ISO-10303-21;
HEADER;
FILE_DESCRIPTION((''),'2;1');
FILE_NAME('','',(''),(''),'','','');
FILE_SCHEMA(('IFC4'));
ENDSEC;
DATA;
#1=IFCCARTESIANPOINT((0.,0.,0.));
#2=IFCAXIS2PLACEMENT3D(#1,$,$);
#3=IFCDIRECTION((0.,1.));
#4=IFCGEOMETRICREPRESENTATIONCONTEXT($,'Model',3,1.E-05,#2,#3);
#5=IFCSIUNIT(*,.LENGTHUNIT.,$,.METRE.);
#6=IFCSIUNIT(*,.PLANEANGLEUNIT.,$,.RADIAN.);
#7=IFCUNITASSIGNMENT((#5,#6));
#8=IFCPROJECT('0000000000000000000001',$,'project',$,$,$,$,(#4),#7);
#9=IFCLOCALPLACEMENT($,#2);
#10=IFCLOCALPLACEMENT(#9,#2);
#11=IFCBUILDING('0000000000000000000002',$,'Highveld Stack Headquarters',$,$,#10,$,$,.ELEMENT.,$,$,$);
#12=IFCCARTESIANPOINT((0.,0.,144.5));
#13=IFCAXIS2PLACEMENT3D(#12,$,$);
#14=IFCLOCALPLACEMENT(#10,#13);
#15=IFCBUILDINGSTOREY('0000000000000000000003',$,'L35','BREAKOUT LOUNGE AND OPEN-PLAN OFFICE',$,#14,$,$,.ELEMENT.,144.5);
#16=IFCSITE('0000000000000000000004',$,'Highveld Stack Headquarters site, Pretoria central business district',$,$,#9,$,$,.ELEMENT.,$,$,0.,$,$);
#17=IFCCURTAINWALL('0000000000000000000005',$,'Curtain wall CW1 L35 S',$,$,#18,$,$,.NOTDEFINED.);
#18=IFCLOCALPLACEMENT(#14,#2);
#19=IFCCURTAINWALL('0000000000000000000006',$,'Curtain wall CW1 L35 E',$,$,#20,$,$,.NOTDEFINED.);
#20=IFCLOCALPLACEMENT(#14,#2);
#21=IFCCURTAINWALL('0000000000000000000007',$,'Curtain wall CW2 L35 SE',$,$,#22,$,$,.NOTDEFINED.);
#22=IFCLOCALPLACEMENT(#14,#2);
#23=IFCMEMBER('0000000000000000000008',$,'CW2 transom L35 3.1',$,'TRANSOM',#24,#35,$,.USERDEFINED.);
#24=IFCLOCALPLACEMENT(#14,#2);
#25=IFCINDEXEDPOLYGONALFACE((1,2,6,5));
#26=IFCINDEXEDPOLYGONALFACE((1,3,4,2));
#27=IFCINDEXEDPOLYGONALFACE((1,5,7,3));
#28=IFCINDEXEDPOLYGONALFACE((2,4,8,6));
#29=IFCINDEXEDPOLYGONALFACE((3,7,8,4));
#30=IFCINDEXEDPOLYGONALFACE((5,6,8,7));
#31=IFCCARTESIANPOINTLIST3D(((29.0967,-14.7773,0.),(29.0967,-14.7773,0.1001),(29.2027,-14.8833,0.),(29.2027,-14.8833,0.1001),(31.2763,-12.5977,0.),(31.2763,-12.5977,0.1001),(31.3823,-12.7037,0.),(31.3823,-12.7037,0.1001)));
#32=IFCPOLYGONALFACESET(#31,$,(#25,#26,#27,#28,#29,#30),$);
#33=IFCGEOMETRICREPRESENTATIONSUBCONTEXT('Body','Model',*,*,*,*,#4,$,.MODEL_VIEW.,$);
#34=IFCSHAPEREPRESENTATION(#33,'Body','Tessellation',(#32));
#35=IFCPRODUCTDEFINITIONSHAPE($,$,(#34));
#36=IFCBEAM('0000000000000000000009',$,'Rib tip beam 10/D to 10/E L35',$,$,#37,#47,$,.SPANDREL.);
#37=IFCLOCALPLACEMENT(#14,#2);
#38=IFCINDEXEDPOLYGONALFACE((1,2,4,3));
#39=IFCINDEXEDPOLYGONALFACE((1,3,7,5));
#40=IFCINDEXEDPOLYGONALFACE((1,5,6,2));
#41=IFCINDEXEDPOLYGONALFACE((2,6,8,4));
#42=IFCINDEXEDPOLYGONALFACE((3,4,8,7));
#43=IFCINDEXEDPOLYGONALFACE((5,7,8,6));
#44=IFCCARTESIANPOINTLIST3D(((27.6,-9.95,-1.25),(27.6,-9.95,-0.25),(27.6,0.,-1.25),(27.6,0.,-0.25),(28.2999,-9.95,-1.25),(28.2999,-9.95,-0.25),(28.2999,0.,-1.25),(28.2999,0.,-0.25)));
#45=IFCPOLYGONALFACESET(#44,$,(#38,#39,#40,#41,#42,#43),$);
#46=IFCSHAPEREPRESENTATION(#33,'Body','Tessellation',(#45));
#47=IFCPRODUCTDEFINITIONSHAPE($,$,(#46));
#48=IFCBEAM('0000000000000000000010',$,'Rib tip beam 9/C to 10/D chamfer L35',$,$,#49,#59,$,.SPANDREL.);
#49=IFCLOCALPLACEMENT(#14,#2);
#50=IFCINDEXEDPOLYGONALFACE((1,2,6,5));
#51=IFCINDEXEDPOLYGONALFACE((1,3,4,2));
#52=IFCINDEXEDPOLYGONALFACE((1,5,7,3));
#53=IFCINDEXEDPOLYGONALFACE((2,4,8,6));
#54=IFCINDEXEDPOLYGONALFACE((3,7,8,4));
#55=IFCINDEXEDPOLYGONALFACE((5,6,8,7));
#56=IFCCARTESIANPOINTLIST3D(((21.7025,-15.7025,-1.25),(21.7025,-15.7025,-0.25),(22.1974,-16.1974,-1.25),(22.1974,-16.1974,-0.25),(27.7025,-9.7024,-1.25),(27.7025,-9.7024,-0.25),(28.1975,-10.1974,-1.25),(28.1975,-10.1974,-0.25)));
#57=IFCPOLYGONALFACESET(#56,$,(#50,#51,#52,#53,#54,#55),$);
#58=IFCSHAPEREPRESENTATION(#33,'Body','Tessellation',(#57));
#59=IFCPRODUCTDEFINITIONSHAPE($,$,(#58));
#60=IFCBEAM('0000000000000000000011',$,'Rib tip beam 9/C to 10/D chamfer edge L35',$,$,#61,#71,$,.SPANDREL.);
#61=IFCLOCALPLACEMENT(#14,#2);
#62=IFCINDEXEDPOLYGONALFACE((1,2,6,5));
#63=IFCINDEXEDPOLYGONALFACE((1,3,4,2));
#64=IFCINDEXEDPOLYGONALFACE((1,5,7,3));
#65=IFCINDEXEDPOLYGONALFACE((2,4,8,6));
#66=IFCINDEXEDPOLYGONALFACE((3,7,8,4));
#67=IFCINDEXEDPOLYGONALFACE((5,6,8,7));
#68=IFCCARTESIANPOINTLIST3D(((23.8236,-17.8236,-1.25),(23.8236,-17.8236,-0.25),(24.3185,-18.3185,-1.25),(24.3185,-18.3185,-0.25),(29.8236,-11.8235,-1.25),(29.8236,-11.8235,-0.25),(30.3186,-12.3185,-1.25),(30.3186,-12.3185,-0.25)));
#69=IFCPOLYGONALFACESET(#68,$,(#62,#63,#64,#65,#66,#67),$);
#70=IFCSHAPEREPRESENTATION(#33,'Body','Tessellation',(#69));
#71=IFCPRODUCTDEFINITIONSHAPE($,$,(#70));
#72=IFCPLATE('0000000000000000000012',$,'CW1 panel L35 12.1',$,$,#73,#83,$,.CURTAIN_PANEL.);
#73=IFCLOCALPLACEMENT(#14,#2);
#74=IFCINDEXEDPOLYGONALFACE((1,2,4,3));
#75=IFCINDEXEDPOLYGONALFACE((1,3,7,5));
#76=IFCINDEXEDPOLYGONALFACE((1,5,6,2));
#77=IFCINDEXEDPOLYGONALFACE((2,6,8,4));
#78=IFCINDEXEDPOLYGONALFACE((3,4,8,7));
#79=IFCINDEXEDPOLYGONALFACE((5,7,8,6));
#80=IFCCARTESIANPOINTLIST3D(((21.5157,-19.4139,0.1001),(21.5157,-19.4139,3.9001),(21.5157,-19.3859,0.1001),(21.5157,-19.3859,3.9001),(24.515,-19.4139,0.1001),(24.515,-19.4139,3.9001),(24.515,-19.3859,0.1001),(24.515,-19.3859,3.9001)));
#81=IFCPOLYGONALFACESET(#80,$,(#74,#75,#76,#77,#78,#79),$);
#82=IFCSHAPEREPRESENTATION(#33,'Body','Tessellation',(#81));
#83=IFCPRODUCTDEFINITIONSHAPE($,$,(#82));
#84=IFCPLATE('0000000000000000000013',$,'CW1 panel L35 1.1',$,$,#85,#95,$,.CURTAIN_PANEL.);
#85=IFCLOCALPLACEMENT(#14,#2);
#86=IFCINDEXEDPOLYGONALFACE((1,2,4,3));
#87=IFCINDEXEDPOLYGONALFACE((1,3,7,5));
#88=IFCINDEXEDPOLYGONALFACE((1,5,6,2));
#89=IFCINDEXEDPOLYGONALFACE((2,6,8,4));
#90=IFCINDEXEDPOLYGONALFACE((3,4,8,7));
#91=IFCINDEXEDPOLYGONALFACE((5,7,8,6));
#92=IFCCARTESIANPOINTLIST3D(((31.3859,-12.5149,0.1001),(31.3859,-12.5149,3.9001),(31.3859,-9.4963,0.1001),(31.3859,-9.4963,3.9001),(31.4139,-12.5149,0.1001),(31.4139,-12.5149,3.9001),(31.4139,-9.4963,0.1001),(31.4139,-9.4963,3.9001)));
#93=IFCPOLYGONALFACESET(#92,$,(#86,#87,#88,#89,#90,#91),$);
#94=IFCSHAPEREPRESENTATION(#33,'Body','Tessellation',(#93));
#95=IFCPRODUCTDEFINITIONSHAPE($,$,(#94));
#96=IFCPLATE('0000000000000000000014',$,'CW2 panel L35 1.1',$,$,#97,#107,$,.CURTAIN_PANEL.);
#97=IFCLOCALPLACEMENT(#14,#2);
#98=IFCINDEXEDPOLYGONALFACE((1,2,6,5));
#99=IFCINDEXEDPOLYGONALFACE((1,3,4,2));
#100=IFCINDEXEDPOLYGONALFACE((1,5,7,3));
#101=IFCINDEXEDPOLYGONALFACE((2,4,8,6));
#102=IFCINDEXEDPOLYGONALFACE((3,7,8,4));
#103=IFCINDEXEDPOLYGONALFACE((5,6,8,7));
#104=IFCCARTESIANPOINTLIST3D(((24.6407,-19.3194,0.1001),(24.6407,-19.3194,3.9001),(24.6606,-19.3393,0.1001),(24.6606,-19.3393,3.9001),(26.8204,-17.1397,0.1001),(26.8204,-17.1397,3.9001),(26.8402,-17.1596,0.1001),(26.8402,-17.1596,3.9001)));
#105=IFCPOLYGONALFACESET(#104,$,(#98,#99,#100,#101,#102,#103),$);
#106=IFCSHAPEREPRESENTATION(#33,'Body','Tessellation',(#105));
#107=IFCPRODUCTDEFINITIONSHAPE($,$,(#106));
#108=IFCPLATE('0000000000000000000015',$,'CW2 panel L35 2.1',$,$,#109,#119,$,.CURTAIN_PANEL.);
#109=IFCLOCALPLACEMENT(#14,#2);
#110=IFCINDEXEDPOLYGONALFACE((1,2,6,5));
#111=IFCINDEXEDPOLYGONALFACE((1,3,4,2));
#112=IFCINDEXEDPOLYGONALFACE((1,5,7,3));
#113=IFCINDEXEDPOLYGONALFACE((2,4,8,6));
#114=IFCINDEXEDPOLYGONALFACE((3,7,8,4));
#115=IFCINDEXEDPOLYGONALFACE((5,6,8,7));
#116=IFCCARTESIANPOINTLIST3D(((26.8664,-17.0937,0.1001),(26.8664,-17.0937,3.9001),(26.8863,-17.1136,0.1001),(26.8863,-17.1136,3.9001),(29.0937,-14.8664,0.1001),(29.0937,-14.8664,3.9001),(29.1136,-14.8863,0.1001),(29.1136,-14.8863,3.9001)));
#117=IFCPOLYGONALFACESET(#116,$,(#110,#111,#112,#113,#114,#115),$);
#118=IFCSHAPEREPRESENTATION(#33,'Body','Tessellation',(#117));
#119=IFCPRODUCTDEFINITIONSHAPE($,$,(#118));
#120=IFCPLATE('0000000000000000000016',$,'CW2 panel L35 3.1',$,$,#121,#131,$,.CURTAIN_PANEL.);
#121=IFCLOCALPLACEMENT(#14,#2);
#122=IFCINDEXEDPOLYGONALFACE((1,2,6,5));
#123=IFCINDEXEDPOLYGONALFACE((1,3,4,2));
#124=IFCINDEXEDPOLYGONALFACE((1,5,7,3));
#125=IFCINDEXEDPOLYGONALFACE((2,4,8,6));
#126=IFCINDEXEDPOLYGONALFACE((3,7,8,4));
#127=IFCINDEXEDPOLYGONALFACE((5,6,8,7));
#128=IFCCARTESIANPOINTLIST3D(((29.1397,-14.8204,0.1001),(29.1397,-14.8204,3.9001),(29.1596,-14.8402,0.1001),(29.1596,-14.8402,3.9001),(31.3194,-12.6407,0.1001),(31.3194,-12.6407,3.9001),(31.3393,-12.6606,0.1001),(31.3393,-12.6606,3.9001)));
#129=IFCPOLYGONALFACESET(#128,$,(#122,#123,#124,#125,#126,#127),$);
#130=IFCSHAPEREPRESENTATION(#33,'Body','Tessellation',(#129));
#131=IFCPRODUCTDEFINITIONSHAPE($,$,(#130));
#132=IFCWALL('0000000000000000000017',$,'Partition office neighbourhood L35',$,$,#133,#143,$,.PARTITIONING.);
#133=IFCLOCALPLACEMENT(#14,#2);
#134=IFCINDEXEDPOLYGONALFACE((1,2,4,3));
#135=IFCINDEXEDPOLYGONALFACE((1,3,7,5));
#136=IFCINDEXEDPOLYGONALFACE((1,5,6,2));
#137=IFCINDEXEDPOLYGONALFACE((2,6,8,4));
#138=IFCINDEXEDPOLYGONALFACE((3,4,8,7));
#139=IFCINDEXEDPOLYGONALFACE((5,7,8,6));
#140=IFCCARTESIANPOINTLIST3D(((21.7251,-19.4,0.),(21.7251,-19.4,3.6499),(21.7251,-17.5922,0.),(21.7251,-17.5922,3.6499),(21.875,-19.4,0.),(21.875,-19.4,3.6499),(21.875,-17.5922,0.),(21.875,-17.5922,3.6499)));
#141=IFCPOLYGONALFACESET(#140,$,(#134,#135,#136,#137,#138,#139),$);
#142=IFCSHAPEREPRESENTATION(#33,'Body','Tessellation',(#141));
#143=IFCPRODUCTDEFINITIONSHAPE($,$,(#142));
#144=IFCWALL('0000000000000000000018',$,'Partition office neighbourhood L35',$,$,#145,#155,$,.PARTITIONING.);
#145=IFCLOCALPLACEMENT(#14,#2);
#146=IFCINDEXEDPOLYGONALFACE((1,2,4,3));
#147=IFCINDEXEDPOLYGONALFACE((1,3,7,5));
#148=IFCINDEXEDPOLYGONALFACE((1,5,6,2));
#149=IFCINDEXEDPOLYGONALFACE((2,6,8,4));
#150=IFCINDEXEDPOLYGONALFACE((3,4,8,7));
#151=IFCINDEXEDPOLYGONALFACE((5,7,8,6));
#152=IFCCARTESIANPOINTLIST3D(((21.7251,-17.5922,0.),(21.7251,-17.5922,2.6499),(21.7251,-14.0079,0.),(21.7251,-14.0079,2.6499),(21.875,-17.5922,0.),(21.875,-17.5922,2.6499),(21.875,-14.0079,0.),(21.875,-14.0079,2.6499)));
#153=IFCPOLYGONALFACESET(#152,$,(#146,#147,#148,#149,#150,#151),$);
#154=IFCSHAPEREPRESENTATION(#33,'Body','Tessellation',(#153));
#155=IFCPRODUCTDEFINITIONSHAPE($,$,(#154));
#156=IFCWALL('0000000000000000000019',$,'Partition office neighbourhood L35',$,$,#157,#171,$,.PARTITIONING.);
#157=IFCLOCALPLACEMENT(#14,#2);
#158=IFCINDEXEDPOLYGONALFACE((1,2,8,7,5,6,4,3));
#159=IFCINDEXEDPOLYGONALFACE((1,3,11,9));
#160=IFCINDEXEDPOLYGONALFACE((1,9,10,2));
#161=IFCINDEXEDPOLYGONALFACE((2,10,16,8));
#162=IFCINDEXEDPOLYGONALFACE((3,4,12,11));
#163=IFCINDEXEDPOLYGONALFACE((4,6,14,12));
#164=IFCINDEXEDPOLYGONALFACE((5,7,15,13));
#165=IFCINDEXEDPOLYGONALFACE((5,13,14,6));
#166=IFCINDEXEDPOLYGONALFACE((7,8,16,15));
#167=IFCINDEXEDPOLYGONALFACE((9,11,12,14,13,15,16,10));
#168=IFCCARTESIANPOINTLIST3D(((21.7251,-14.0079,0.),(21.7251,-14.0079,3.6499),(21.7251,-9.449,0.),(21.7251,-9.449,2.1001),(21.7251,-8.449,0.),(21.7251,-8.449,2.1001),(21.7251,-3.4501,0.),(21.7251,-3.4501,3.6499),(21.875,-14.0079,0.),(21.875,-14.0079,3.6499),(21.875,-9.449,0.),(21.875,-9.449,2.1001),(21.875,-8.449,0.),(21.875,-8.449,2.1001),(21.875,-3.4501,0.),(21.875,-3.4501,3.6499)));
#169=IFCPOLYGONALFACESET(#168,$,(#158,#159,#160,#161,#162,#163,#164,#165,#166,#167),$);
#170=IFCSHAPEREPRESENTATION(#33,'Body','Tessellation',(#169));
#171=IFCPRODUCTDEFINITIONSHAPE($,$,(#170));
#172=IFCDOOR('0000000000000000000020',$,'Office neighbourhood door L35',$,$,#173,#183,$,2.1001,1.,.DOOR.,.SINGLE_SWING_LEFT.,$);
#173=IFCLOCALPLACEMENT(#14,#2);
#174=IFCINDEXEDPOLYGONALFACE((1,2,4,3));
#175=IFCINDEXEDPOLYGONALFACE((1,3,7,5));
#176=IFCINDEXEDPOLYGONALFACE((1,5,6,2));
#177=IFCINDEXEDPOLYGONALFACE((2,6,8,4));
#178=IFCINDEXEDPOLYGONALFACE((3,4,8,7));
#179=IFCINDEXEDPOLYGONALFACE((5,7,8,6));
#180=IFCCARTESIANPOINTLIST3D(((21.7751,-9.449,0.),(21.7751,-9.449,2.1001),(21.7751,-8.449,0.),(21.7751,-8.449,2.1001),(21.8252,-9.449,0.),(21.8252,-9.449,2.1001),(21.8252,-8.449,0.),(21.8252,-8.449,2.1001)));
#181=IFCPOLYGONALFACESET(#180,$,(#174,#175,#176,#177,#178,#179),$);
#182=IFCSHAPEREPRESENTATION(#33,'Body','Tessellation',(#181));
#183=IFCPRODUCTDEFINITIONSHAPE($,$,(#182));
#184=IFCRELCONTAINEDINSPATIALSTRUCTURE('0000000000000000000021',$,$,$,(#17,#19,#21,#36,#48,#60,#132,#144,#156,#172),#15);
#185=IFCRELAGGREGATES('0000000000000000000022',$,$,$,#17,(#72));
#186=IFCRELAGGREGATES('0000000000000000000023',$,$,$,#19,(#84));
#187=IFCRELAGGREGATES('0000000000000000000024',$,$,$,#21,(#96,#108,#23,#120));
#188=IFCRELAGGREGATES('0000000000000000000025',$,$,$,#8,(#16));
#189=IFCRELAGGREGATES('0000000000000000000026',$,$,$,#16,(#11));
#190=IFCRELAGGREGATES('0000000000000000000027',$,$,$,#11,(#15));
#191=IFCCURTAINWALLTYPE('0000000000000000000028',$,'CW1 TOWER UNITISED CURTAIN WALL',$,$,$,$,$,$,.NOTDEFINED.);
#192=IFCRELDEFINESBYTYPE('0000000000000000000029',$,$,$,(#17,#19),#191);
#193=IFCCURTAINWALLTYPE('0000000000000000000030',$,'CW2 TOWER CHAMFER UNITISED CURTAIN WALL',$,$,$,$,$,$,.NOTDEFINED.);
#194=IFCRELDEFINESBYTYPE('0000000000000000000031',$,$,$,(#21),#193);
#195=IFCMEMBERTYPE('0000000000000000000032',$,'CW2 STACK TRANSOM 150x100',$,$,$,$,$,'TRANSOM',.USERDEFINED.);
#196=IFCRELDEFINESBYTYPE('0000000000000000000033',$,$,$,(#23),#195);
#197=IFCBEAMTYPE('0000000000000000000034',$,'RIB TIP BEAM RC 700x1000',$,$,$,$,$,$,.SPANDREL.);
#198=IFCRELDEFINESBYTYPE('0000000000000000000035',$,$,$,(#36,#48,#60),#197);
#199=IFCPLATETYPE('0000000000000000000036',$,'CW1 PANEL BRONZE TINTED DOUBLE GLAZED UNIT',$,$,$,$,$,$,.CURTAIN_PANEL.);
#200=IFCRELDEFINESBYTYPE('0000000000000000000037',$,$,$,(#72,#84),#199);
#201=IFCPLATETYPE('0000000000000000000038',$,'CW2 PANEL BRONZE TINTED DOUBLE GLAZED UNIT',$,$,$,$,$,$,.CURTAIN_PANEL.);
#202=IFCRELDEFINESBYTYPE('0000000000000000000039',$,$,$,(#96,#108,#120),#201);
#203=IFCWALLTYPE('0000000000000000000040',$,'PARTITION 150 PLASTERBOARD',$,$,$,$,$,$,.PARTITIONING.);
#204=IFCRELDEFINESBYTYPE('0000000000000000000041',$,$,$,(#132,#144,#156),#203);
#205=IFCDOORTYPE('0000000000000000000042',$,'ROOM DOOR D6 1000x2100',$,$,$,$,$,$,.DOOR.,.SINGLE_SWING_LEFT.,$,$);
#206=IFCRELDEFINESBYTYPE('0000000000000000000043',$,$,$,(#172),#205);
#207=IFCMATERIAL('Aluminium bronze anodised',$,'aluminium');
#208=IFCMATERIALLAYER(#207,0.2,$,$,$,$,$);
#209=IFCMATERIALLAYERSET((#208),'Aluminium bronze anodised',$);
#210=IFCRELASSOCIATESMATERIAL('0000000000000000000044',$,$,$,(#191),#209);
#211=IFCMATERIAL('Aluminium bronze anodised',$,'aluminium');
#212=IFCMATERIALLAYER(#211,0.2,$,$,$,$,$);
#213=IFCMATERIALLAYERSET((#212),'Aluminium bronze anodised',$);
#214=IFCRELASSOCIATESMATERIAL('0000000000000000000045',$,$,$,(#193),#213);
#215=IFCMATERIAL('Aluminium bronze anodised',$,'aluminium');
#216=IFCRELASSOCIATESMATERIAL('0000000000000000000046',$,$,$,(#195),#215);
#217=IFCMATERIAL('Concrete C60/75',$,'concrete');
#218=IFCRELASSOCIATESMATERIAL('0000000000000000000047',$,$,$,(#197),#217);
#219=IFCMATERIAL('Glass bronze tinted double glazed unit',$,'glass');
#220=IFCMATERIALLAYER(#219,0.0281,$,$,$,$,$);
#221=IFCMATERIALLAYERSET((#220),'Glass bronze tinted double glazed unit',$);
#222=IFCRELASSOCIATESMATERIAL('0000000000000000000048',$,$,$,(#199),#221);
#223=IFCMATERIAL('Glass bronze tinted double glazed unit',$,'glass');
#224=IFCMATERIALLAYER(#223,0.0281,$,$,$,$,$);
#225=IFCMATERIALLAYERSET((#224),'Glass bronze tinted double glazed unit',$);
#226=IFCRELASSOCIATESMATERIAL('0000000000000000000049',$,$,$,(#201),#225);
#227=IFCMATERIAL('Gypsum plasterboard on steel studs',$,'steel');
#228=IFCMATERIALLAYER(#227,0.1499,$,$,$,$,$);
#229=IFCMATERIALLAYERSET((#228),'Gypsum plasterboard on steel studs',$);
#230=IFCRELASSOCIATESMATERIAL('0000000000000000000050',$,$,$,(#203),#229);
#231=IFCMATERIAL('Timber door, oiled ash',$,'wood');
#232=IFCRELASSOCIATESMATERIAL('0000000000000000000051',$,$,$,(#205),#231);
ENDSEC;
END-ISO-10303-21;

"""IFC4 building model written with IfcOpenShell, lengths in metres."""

from ifc_helpers import new_model, si_unit, direction, frame, frame_2d, origin, origin_2d, place, context, subcontext, project, spatial, rectangle, extrude, material, layer, layer_set, material_profile, profile_set, type_object, element, fill, aggregate, save


model = new_model("IFC4")

# Units and contexts
model_context = context("Model", 3, precision=1e-05, world=origin(), true_north=direction((0.0, 1.0)))
body_context = subcontext(model_context, "Body", "Model", "MODEL_VIEW")
ifc_project = project(units=[si_unit("LENGTHUNIT", "METRE"), si_unit("PLANEANGLEUNIT", "RADIAN")], contexts=[model_context])

# Site, building, storey
site_placement = place(None, origin())
site = spatial("IfcSite", under=ifc_project, at=site_placement, Name="Highveld Stack Headquarters site, Pretoria central business district", CompositionType="ELEMENT", RefElevation=0.0)
building_placement = place(site_placement, origin())
building = spatial("IfcBuilding", under=site, at=building_placement, Name="Highveld Stack Headquarters", CompositionType="ELEMENT")
storey_placement = place(building_placement, frame((0.0, 0.0, 144.5)))
storey = spatial("IfcBuildingStorey", under=building, at=storey_placement, Name="L35", Description="BREAKOUT LOUNGE AND OPEN-PLAN OFFICE", CompositionType="ELEMENT", Elevation=144.5)

# Curtain wall
ifc_material_1 = material(Name="Aluminium bronze anodised", Category="aluminium")
ifc_layer_1 = layer(ifc_material_1, 0.2)
ifc_layer_set_1 = layer_set([ifc_layer_1], Name="Aluminium bronze anodised")
curtain_wall_type_1 = type_object("IfcCurtainWallType", Name="CW1 TOWER UNITISED CURTAIN WALL", PredefinedType="NOTDEFINED", material=ifc_layer_set_1)
curtain_wall_1_placement = place(storey_placement, origin())
curtain_wall_1 = element("IfcCurtainWall", 1, at=curtain_wall_1_placement, inside=storey, type_object=curtain_wall_type_1, Name="Curtain wall CW1 L35 S", PredefinedType="NOTDEFINED")

# Curtain wall
curtain_wall_2_placement = place(storey_placement, origin())
curtain_wall_2 = element("IfcCurtainWall", 2, at=curtain_wall_2_placement, inside=storey, type_object=curtain_wall_type_1, Name="Curtain wall CW1 L35 E", PredefinedType="NOTDEFINED")

# Curtain wall, member
ifc_material_2 = material(Name="Aluminium bronze anodised", Category="aluminium")
ifc_layer_2 = layer(ifc_material_2, 0.2)
ifc_layer_set_2 = layer_set([ifc_layer_2], Name="Aluminium bronze anodised")
curtain_wall_type_2 = type_object("IfcCurtainWallType", Name="CW2 TOWER CHAMFER UNITISED CURTAIN WALL", PredefinedType="NOTDEFINED", material=ifc_layer_set_2)
curtain_wall_3_placement = place(storey_placement, origin())
curtain_wall_3 = element("IfcCurtainWall", 3, at=curtain_wall_3_placement, inside=storey, type_object=curtain_wall_type_2, Name="Curtain wall CW2 L35 SE", PredefinedType="NOTDEFINED")
ifc_material_3 = material(Name="Aluminium bronze anodised", Category="aluminium")
ifc_material_profile_1 = material_profile(ifc_material_3, rectangle(XDim=0.1499, YDim=0.1001, at=origin_2d()), Name="CW2 TRANSOM 150x100")
ifc_profile_set_1 = profile_set([ifc_material_profile_1], Name="Aluminium bronze anodised")
member_type_1 = type_object("IfcMemberType", Name="CW2 STACK TRANSOM 150x100", ElementType="TRANSOM", PredefinedType="USERDEFINED", material=ifc_profile_set_1)
member_1_placement = place(storey_placement, frame((29.1497, -14.8303, 0.05), z_axis=(0.707107, 0.707107, 0.0), x_axis=(-0.707107, 0.707107, 0.0)))
member_1 = element("IfcMember", 4, at=member_1_placement, type_object=member_type_1, Name="CW2 transom L35 3.1", ObjectType="TRANSOM", PredefinedType="USERDEFINED", context=body_context, shape_type="SweptSolid", body=[
    extrude(rectangle(XDim=0.1499, YDim=0.1001, at=origin_2d()), origin(), (0.0, 0.0, 1.0), 3.0825),
])

# Beams
ifc_material_4 = material(Name="Concrete C60/75", Category="concrete")
ifc_material_profile_2 = material_profile(ifc_material_4, rectangle(XDim=0.7, YDim=1.0, at=origin_2d()), Name="RC 700x1000")
ifc_profile_set_2 = profile_set([ifc_material_profile_2], Name="Concrete C60/75")
beam_type = type_object("IfcBeamType", Name="RIB TIP BEAM RC 700x1000", PredefinedType="SPANDREL", material=ifc_profile_set_2)
beam_placement = place(storey_placement, frame((27.95, -9.95, -0.75), z_axis=(0.0, 1.0, 0.0), x_axis=(-1.0, 0.0, 0.0)))
element("IfcBeam", 5, at=beam_placement, inside=storey, type_object=beam_type, Name="Rib tip beam 10/D to 10/E L35", PredefinedType="SPANDREL", context=body_context, shape_type="SweptSolid", body=[
    extrude(rectangle(XDim=0.7, YDim=1.0, at=origin_2d()), origin(), (0.0, 0.0, 1.0), 9.95),
])
for number, where, z_axis, x_axis, name in (
    (6, (21.95, -15.95, -0.75), (0.707107, 0.707107, 0.0), (-0.707107, 0.707107, 0.0), "Rib tip beam 9/C to 10/D chamfer L35"),
    (7, (24.071, -18.071, -0.75), (0.707107, 0.707107, 0.0), (-0.707107, 0.707107, 0.0), "Rib tip beam 9/C to 10/D chamfer edge L35"),
):
    element("IfcBeam", number, at=place(storey_placement, frame(where, z_axis=z_axis, x_axis=x_axis)), inside=storey, type_object=beam_type, Name=name, PredefinedType="SPANDREL", context=body_context, shape_type="SweptSolid", body=[
        extrude(rectangle(XDim=0.7, YDim=1.0, at=origin_2d()), origin(), (0.0, 0.0, 1.0), 8.4854),
    ])

# Plates
ifc_material_5 = material(Name="Glass bronze tinted double glazed unit", Category="glass")
ifc_layer_3 = layer(ifc_material_5, 0.0281)
ifc_layer_set_3 = layer_set([ifc_layer_3], Name="Glass bronze tinted double glazed unit")
plate_type_1 = type_object("IfcPlateType", Name="CW1 PANEL BRONZE TINTED DOUBLE GLAZED UNIT", PredefinedType="CURTAIN_PANEL", material=ifc_layer_set_3)
plate_1_placement = place(storey_placement, frame((23.0154, -19.3999, 0.1001), z_axis=(0.0, 0.0, 1.0), x_axis=(1.0, 0.0, 0.0)))
plate_1 = element("IfcPlate", 8, at=plate_1_placement, type_object=plate_type_1, Name="CW1 panel L35 12.1", PredefinedType="CURTAIN_PANEL", context=body_context, shape_type="SweptSolid", body=[
    extrude(rectangle(XDim=2.9993, YDim=0.0281, at=origin_2d()), origin(), (0.0, 0.0, 1.0), 3.8),
])
aggregate(curtain_wall_1, [plate_1])
plate_2_placement = place(storey_placement, frame((31.3999, -11.0056, 0.1001), z_axis=(0.0, 0.0, 1.0), x_axis=(0.0, 1.0, 0.0)))
plate_2 = element("IfcPlate", 9, at=plate_2_placement, type_object=plate_type_1, Name="CW1 panel L35 1.1", PredefinedType="CURTAIN_PANEL", context=body_context, shape_type="SweptSolid", body=[
    extrude(rectangle(XDim=3.0186, YDim=0.0281, at=origin_2d()), origin(), (0.0, 0.0, 1.0), 3.8),
])
aggregate(curtain_wall_2, [plate_2])
ifc_material_6 = material(Name="Glass bronze tinted double glazed unit", Category="glass")
ifc_layer_4 = layer(ifc_material_6, 0.0281)
ifc_layer_set_4 = layer_set([ifc_layer_4], Name="Glass bronze tinted double glazed unit")
plate_type_2 = type_object("IfcPlateType", Name="CW2 PANEL BRONZE TINTED DOUBLE GLAZED UNIT", PredefinedType="CURTAIN_PANEL", material=ifc_layer_set_4)
plate_3_placement = place(storey_placement, frame((25.7405, -18.2395, 0.1001), z_axis=(0.0, 0.0, 1.0), x_axis=(0.707107, 0.707107, 0.0)))
plate_3 = element("IfcPlate", 10, at=plate_3_placement, type_object=plate_type_2, Name="CW2 panel L35 1.1", PredefinedType="CURTAIN_PANEL", context=body_context, shape_type="SweptSolid", body=[
    extrude(rectangle(XDim=3.0825, YDim=0.0281, at=origin_2d()), origin(), (0.0, 0.0, 1.0), 3.8),
])
plate_4_placement = place(storey_placement, frame((27.99, -15.99, 0.1001), z_axis=(0.0, 0.0, 1.0), x_axis=(0.707107, 0.707107, 0.0)))
plate_4 = element("IfcPlate", 11, at=plate_4_placement, type_object=plate_type_2, Name="CW2 panel L35 2.1", PredefinedType="CURTAIN_PANEL", context=body_context, shape_type="SweptSolid", body=[
    extrude(rectangle(XDim=3.1499, YDim=0.0281, at=origin_2d()), origin(), (0.0, 0.0, 1.0), 3.8),
])
plate_5_placement = place(storey_placement, frame((30.2395, -13.7405, 0.1001), z_axis=(0.0, 0.0, 1.0), x_axis=(0.707107, 0.707107, 0.0)))
plate_5 = element("IfcPlate", 12, at=plate_5_placement, type_object=plate_type_2, Name="CW2 panel L35 3.1", PredefinedType="CURTAIN_PANEL", context=body_context, shape_type="SweptSolid", body=[
    extrude(rectangle(XDim=3.0825, YDim=0.0281, at=origin_2d()), origin(), (0.0, 0.0, 1.0), 3.8),
])
aggregate(curtain_wall_3, [plate_3, plate_4, member_1, plate_5])

# Walls
ifc_material_7 = material(Name="Gypsum plasterboard on steel studs", Category="steel")
ifc_layer_5 = layer(ifc_material_7, 0.1499)
ifc_layer_set_5 = layer_set([ifc_layer_5], Name="Gypsum plasterboard on steel studs")
wall_type = type_object("IfcWallType", Name="PARTITION 150 PLASTERBOARD", PredefinedType="PARTITIONING", material=ifc_layer_set_5)
wall_1_placement = place(storey_placement, frame((21.8, -19.3999, 0.0), z_axis=(0.0, 0.0, 1.0), x_axis=(0.0, 1.0, 0.0)))
element("IfcWall", 13, at=wall_1_placement, inside=storey, type_object=wall_type, Name="Partition office neighbourhood L35", PredefinedType="PARTITIONING", context=body_context, shape_type="SweptSolid", body=[
    extrude(rectangle(XDim=1.8079, YDim=0.1499, at=frame_2d((0.9038, 0.0))), origin(), (0.0, 0.0, 1.0), 3.6499),
])
wall_2_placement = place(storey_placement, frame((21.8, -17.592, 0.0), z_axis=(0.0, 0.0, 1.0), x_axis=(0.0, 1.0, 0.0)))
element("IfcWall", 14, at=wall_2_placement, inside=storey, type_object=wall_type, Name="Partition office neighbourhood L35", PredefinedType="PARTITIONING", context=body_context, shape_type="SweptSolid", body=[
    extrude(rectangle(XDim=3.5842, YDim=0.1499, at=frame_2d((1.792, 0.0))), origin(), (0.0, 0.0, 1.0), 2.6499),
])

# Wall, opening, door
wall_3_placement = place(storey_placement, frame((21.8, -14.0078, 0.0), z_axis=(0.0, 0.0, 1.0), x_axis=(0.0, 1.0, 0.0)))
wall_3 = element("IfcWall", 15, at=wall_3_placement, inside=storey, type_object=wall_type, Name="Partition office neighbourhood L35", PredefinedType="PARTITIONING", context=body_context, shape_type="SweptSolid", body=[
    extrude(rectangle(XDim=10.5579, YDim=0.1499, at=frame_2d((5.2788, 0.0))), origin(), (0.0, 0.0, 1.0), 3.6499),
])
opening_placement = place(wall_3_placement, frame((4.5588, 0.0, 0.0)))
opening = element("IfcOpeningElement", 16, at=opening_placement, cuts=wall_3, PredefinedType="OPENING", context=body_context, shape_type="SweptSolid", body=[
    extrude(rectangle(XDim=1.0, YDim=2.1001, at=frame_2d((0.5, 1.05))), frame((0.0, 0.085, 0.0), z_axis=(0.0, -1.0, 0.0), x_axis=(1.0, 0.0, 0.0)), (0.0, 0.0, 1.0), 0.1699),
])
ifc_material_8 = material(Name="Timber door, oiled ash", Category="wood")
door_type = type_object("IfcDoorType", Name="ROOM DOOR D6 1000x2100", OperationType="SINGLE_SWING_LEFT", PredefinedType="DOOR", material=ifc_material_8)
door_placement = place(opening_placement, origin())
door = element("IfcDoor", 17, at=door_placement, inside=storey, type_object=door_type, Name="Office neighbourhood door L35", OperationType="SINGLE_SWING_LEFT", OverallHeight=2.1001, OverallWidth=1.0, PredefinedType="DOOR", context=body_context, shape_type="SweptSolid", body=[
    extrude(rectangle(XDim=1.0, YDim=2.1001, at=frame_2d((0.5, 1.05))), frame((0.0, 0.0249, 0.0), z_axis=(0.0, -1.0, 0.0), x_axis=(1.0, 0.0, 0.0)), (0.0, 0.0, 1.0), 0.05),
])
fill(opening, door)

save(model, "model.ifc")
